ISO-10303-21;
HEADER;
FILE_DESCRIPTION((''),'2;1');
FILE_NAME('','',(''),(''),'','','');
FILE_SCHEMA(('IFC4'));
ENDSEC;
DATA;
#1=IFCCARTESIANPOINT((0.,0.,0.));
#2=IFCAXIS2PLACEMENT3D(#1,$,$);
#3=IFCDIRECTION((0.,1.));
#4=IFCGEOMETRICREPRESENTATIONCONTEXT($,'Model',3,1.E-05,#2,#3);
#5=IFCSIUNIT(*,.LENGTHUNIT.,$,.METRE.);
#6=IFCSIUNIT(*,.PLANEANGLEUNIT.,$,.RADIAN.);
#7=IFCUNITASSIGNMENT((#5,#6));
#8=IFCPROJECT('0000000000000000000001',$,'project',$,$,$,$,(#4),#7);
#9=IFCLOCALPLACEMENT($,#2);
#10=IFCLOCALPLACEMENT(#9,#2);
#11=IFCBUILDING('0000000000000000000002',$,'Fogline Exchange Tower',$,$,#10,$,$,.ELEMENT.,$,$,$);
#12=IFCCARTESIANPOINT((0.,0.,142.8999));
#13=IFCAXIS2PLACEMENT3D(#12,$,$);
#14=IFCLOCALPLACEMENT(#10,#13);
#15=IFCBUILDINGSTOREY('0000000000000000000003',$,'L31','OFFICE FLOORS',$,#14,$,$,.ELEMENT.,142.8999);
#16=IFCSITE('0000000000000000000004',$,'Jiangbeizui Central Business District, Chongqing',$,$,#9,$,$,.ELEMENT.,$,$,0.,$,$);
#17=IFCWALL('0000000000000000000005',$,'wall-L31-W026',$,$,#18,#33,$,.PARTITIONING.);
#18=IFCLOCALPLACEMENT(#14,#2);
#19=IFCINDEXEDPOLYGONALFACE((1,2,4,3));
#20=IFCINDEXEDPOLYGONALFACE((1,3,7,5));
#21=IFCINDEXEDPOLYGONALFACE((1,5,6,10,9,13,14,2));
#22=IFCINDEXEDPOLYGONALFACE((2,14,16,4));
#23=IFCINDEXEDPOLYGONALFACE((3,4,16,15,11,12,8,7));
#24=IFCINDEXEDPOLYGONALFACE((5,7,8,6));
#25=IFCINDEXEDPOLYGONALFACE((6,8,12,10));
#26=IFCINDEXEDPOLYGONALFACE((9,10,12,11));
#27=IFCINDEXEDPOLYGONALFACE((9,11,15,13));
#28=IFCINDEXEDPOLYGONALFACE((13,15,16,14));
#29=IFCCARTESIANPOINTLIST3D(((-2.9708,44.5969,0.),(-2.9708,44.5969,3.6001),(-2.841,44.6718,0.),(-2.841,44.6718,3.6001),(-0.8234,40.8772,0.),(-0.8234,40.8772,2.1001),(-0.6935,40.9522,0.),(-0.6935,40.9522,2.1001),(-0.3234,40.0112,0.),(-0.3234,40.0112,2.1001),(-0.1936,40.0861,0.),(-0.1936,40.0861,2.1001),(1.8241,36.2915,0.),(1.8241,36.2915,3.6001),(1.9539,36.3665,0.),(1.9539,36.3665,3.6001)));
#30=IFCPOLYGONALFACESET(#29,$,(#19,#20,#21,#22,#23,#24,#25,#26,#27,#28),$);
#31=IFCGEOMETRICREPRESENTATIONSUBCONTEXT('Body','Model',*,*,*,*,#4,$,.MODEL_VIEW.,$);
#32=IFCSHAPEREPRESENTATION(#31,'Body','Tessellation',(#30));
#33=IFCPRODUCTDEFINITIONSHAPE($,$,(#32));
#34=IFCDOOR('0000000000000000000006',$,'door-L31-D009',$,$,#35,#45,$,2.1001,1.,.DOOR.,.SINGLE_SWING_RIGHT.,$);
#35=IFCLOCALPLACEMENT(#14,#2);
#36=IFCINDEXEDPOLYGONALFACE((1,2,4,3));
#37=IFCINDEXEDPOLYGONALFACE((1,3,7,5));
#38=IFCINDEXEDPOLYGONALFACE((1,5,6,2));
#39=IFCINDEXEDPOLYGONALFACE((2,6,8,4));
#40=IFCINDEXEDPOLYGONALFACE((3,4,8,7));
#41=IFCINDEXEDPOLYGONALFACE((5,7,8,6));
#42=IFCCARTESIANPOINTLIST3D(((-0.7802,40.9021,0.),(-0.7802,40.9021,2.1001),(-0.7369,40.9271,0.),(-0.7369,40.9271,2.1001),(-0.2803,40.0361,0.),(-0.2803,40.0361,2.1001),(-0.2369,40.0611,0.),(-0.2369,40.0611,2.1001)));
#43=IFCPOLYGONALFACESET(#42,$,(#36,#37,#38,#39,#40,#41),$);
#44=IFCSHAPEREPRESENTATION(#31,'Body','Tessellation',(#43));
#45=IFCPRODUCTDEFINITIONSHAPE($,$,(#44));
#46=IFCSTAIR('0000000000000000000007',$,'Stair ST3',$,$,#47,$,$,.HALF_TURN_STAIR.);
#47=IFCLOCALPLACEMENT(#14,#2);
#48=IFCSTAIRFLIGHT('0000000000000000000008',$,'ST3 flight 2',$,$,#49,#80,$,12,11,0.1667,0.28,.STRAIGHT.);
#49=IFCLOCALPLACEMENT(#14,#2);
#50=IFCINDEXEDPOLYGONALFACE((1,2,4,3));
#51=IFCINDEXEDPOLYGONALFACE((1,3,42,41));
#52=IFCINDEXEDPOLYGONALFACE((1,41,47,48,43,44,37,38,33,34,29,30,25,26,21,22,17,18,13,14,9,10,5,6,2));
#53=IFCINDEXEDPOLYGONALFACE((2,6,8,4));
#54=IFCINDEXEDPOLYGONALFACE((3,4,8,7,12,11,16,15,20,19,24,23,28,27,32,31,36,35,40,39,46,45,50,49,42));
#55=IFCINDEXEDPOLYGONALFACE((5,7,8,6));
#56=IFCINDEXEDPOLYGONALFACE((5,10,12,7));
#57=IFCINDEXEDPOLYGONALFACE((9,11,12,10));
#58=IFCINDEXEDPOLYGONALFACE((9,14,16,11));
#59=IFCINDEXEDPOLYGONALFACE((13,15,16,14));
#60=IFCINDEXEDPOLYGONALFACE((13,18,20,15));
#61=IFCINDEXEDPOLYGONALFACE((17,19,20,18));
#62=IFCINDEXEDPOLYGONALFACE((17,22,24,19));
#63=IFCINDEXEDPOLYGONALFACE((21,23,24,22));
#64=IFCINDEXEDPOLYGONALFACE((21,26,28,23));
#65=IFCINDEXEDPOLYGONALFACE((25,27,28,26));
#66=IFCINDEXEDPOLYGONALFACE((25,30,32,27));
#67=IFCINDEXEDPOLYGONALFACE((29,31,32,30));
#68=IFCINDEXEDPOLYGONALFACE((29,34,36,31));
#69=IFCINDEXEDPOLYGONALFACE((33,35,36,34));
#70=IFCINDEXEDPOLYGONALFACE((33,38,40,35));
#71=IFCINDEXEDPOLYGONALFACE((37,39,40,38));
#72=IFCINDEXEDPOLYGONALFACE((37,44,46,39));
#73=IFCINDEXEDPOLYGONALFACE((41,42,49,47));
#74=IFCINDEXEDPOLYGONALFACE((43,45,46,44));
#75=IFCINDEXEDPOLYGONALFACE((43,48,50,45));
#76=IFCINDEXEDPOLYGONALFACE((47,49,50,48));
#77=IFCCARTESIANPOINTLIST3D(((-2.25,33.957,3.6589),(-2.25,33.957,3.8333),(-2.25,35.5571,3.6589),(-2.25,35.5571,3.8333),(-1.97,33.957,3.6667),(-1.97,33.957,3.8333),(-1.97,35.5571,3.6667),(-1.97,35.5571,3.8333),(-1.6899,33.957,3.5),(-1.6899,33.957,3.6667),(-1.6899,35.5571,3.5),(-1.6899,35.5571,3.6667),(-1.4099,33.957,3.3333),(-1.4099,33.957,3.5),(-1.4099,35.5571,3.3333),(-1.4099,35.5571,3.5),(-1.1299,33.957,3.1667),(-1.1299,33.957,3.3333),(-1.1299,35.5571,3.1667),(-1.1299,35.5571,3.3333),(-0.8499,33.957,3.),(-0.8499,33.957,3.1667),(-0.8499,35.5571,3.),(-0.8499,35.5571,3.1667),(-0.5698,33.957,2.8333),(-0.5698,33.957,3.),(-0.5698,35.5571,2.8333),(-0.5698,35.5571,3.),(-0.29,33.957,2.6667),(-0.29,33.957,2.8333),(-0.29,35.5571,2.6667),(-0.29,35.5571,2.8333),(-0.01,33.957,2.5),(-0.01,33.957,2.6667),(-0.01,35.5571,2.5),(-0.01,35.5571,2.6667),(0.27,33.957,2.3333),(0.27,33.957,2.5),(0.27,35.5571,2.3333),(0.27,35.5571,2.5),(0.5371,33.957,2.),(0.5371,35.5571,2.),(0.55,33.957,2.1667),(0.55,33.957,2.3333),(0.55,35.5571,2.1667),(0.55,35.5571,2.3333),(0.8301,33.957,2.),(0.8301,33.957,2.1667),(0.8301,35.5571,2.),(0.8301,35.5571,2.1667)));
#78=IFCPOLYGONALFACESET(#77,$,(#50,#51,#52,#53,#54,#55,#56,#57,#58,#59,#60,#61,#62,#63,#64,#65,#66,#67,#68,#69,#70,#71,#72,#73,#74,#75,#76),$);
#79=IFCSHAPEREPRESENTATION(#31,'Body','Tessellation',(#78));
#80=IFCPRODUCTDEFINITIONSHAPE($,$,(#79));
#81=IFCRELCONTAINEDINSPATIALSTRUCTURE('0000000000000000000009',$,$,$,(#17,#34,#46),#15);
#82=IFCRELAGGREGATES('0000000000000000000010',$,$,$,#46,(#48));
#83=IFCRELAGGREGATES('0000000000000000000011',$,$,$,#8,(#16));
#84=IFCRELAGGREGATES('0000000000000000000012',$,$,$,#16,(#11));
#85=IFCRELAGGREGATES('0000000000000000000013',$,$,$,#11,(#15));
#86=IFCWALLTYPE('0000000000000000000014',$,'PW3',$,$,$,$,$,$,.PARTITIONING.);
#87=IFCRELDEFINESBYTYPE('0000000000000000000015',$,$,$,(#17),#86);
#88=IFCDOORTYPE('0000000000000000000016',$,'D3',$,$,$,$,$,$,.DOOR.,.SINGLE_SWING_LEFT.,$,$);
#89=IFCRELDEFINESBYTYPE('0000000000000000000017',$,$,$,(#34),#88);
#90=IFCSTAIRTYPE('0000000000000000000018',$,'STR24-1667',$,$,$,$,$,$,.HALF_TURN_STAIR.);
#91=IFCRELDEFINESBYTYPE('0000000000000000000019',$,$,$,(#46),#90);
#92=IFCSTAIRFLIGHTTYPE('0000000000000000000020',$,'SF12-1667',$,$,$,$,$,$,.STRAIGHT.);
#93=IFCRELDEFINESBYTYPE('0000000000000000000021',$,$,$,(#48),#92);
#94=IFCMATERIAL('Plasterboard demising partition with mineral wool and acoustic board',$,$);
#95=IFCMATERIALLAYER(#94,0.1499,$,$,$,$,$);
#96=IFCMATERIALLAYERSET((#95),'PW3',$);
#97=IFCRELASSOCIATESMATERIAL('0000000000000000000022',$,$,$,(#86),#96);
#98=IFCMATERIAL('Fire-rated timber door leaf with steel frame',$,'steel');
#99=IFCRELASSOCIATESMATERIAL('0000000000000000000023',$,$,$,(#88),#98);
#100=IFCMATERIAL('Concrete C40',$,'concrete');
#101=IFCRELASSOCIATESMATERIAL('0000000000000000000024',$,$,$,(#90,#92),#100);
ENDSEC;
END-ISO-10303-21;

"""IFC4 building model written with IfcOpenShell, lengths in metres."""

from ifc_helpers import new_model, si_unit, direction, frame, frame_2d, origin, place, context, subcontext, project, spatial, polyline, rectangle, outline, extrude, material, layer, layer_set, type_object, element, fill, aggregate, save


model = new_model("IFC4")

# Units and contexts
model_context = context("Model", 3, precision=1e-05, world=origin(), true_north=direction((0.0, 1.0)))
body_context = subcontext(model_context, "Body", "Model", "MODEL_VIEW")
ifc_project = project(units=[si_unit("LENGTHUNIT", "METRE"), si_unit("PLANEANGLEUNIT", "RADIAN")], contexts=[model_context])

# Site, building, storey
site_placement = place(None, origin())
site = spatial("IfcSite", under=ifc_project, at=site_placement, Name="Jiangbeizui Central Business District, Chongqing", CompositionType="ELEMENT", RefElevation=0.0)
building_placement = place(site_placement, origin())
building = spatial("IfcBuilding", under=site, at=building_placement, Name="Fogline Exchange Tower", CompositionType="ELEMENT")
storey_placement = place(building_placement, frame((0.0, 0.0, 142.8999)))
storey = spatial("IfcBuildingStorey", under=building, at=storey_placement, Name="L31", Description="OFFICE FLOORS", CompositionType="ELEMENT", Elevation=142.8999)

# Shared definitions
ifc_material_1 = material(Name="Concrete C40", Category="concrete")

# Shared definitions
ifc_material_2 = material(Name="Plasterboard demising partition with mineral wool and acoustic board")
ifc_layer_1 = layer(ifc_material_2, 0.1499)
ifc_layer_set_1 = layer_set([ifc_layer_1], Name="PW3")
wall_type_1 = type_object("IfcWallType", Name="PW3", PredefinedType="PARTITIONING", material=ifc_layer_set_1)

# Shared definitions
ifc_material_3 = material(Name="Fire-rated timber door leaf with steel frame", Category="steel")
door_type_1 = type_object("IfcDoorType", Name="D3", OperationType="SINGLE_SWING_LEFT", PredefinedType="DOOR", material=ifc_material_3)

# Wall, opening, door
wall_1_placement = place(storey_placement, frame((1.8889, 36.3291, 0.0), z_axis=(0.0, 0.0, 1.0), x_axis=(-0.499983, 0.866035, 0.0)))
wall_1 = element("IfcWall", 1, at=wall_1_placement, inside=storey, type_object=wall_type_1, Name="wall-L31-W026", PredefinedType="PARTITIONING", context=body_context, shape_type="SweptSolid", body=[
    extrude(rectangle(XDim=9.5901, YDim=0.1499, at=frame_2d((4.7949, 0.0))), origin(), (0.0, 0.0, 1.0), 3.6001),
])
opening_1_placement = place(wall_1_placement, frame((4.2949, 0.0, 0.0)))
opening_1 = element("IfcOpeningElement", 2, at=opening_1_placement, cuts=wall_1, PredefinedType="OPENING", context=body_context, shape_type="SweptSolid", body=[
    extrude(rectangle(XDim=1.0, YDim=2.1001, at=frame_2d((0.5, 1.05))), frame((0.0, 0.085, 0.0), z_axis=(0.0, -1.0, 0.0), x_axis=(1.0, 0.0, 0.0)), (0.0, 0.0, 1.0), 0.1699),
])
door_1_placement = place(opening_1_placement, frame((1.0, 0.0, 0.0), z_axis=(0.0, 0.0, 1.0), x_axis=(-1.0, 0.0, 0.0)))
door_1 = element("IfcDoor", 3, at=door_1_placement, inside=storey, type_object=door_type_1, Name="door-L31-D009", OperationType="SINGLE_SWING_RIGHT", OverallHeight=2.1001, OverallWidth=1.0, PredefinedType="DOOR", context=body_context, shape_type="SweptSolid", body=[
    extrude(rectangle(XDim=1.0, YDim=2.1001, at=frame_2d((0.5, 1.05))), frame((0.0, 0.0249, 0.0), z_axis=(0.0, -1.0, 0.0), x_axis=(1.0, 0.0, 0.0)), (0.0, 0.0, 1.0), 0.05),
])
fill(opening_1, door_1)

# Stair, stair flight
stair_type = type_object("IfcStairType", Name="STR24-1667", PredefinedType="HALF_TURN_STAIR", material=ifc_material_1)
stair_placement = place(storey_placement, origin())
stair = element("IfcStair", 4, at=stair_placement, inside=storey, type_object=stair_type, Name="Stair ST3", PredefinedType="HALF_TURN_STAIR")
stair_flight_type = type_object("IfcStairFlightType", Name="SF12-1667", PredefinedType="STRAIGHT", material=ifc_material_1)
stair_flight_placement = place(storey_placement, frame((0.8301, 34.7571, 2.0), z_axis=(0.0, 0.0, 1.0), x_axis=(-1.0, 0.0, 0.0)))
stair_flight = element("IfcStairFlight", 5, at=stair_flight_placement, type_object=stair_flight_type, Name="ST3 flight 2", NumberOfRisers=12, NumberOfTreads=11, PredefinedType="STRAIGHT", RiserHeight=0.1667, TreadLength=0.28, context=body_context, shape_type="SweptSolid", body=[
    extrude(outline(polyline([(0.0, 0.0), (0.0, 0.1667), (0.28, 0.1667), (0.28, 0.3333), (0.5601, 0.3333), (0.5601, 0.5), (0.8401, 0.5), (0.8401, 0.6667), (1.1201, 0.6667), (1.1201, 0.8333), (1.3999, 0.8333), (1.3999, 1.0), (1.6799, 1.0), (1.6799, 1.1667), (1.96, 1.1667), (1.96, 1.3333), (2.24, 1.3333), (2.24, 1.5), (2.52, 1.5), (2.52, 1.6667), (2.8, 1.6667), (2.8, 1.8333), (3.0801, 1.8333), (3.0801, 2.0), (3.0801, 1.6589), (0.293, 0.0), (0.0, 0.0)])), frame((0.0, 0.8, 0.0), z_axis=(0.0, -1.0, 0.0), x_axis=(1.0, 0.0, 0.0)), (0.0, 0.0, 1.0), 1.6001),
])
aggregate(stair, [stair_flight])

save(model, "model.ifc")
